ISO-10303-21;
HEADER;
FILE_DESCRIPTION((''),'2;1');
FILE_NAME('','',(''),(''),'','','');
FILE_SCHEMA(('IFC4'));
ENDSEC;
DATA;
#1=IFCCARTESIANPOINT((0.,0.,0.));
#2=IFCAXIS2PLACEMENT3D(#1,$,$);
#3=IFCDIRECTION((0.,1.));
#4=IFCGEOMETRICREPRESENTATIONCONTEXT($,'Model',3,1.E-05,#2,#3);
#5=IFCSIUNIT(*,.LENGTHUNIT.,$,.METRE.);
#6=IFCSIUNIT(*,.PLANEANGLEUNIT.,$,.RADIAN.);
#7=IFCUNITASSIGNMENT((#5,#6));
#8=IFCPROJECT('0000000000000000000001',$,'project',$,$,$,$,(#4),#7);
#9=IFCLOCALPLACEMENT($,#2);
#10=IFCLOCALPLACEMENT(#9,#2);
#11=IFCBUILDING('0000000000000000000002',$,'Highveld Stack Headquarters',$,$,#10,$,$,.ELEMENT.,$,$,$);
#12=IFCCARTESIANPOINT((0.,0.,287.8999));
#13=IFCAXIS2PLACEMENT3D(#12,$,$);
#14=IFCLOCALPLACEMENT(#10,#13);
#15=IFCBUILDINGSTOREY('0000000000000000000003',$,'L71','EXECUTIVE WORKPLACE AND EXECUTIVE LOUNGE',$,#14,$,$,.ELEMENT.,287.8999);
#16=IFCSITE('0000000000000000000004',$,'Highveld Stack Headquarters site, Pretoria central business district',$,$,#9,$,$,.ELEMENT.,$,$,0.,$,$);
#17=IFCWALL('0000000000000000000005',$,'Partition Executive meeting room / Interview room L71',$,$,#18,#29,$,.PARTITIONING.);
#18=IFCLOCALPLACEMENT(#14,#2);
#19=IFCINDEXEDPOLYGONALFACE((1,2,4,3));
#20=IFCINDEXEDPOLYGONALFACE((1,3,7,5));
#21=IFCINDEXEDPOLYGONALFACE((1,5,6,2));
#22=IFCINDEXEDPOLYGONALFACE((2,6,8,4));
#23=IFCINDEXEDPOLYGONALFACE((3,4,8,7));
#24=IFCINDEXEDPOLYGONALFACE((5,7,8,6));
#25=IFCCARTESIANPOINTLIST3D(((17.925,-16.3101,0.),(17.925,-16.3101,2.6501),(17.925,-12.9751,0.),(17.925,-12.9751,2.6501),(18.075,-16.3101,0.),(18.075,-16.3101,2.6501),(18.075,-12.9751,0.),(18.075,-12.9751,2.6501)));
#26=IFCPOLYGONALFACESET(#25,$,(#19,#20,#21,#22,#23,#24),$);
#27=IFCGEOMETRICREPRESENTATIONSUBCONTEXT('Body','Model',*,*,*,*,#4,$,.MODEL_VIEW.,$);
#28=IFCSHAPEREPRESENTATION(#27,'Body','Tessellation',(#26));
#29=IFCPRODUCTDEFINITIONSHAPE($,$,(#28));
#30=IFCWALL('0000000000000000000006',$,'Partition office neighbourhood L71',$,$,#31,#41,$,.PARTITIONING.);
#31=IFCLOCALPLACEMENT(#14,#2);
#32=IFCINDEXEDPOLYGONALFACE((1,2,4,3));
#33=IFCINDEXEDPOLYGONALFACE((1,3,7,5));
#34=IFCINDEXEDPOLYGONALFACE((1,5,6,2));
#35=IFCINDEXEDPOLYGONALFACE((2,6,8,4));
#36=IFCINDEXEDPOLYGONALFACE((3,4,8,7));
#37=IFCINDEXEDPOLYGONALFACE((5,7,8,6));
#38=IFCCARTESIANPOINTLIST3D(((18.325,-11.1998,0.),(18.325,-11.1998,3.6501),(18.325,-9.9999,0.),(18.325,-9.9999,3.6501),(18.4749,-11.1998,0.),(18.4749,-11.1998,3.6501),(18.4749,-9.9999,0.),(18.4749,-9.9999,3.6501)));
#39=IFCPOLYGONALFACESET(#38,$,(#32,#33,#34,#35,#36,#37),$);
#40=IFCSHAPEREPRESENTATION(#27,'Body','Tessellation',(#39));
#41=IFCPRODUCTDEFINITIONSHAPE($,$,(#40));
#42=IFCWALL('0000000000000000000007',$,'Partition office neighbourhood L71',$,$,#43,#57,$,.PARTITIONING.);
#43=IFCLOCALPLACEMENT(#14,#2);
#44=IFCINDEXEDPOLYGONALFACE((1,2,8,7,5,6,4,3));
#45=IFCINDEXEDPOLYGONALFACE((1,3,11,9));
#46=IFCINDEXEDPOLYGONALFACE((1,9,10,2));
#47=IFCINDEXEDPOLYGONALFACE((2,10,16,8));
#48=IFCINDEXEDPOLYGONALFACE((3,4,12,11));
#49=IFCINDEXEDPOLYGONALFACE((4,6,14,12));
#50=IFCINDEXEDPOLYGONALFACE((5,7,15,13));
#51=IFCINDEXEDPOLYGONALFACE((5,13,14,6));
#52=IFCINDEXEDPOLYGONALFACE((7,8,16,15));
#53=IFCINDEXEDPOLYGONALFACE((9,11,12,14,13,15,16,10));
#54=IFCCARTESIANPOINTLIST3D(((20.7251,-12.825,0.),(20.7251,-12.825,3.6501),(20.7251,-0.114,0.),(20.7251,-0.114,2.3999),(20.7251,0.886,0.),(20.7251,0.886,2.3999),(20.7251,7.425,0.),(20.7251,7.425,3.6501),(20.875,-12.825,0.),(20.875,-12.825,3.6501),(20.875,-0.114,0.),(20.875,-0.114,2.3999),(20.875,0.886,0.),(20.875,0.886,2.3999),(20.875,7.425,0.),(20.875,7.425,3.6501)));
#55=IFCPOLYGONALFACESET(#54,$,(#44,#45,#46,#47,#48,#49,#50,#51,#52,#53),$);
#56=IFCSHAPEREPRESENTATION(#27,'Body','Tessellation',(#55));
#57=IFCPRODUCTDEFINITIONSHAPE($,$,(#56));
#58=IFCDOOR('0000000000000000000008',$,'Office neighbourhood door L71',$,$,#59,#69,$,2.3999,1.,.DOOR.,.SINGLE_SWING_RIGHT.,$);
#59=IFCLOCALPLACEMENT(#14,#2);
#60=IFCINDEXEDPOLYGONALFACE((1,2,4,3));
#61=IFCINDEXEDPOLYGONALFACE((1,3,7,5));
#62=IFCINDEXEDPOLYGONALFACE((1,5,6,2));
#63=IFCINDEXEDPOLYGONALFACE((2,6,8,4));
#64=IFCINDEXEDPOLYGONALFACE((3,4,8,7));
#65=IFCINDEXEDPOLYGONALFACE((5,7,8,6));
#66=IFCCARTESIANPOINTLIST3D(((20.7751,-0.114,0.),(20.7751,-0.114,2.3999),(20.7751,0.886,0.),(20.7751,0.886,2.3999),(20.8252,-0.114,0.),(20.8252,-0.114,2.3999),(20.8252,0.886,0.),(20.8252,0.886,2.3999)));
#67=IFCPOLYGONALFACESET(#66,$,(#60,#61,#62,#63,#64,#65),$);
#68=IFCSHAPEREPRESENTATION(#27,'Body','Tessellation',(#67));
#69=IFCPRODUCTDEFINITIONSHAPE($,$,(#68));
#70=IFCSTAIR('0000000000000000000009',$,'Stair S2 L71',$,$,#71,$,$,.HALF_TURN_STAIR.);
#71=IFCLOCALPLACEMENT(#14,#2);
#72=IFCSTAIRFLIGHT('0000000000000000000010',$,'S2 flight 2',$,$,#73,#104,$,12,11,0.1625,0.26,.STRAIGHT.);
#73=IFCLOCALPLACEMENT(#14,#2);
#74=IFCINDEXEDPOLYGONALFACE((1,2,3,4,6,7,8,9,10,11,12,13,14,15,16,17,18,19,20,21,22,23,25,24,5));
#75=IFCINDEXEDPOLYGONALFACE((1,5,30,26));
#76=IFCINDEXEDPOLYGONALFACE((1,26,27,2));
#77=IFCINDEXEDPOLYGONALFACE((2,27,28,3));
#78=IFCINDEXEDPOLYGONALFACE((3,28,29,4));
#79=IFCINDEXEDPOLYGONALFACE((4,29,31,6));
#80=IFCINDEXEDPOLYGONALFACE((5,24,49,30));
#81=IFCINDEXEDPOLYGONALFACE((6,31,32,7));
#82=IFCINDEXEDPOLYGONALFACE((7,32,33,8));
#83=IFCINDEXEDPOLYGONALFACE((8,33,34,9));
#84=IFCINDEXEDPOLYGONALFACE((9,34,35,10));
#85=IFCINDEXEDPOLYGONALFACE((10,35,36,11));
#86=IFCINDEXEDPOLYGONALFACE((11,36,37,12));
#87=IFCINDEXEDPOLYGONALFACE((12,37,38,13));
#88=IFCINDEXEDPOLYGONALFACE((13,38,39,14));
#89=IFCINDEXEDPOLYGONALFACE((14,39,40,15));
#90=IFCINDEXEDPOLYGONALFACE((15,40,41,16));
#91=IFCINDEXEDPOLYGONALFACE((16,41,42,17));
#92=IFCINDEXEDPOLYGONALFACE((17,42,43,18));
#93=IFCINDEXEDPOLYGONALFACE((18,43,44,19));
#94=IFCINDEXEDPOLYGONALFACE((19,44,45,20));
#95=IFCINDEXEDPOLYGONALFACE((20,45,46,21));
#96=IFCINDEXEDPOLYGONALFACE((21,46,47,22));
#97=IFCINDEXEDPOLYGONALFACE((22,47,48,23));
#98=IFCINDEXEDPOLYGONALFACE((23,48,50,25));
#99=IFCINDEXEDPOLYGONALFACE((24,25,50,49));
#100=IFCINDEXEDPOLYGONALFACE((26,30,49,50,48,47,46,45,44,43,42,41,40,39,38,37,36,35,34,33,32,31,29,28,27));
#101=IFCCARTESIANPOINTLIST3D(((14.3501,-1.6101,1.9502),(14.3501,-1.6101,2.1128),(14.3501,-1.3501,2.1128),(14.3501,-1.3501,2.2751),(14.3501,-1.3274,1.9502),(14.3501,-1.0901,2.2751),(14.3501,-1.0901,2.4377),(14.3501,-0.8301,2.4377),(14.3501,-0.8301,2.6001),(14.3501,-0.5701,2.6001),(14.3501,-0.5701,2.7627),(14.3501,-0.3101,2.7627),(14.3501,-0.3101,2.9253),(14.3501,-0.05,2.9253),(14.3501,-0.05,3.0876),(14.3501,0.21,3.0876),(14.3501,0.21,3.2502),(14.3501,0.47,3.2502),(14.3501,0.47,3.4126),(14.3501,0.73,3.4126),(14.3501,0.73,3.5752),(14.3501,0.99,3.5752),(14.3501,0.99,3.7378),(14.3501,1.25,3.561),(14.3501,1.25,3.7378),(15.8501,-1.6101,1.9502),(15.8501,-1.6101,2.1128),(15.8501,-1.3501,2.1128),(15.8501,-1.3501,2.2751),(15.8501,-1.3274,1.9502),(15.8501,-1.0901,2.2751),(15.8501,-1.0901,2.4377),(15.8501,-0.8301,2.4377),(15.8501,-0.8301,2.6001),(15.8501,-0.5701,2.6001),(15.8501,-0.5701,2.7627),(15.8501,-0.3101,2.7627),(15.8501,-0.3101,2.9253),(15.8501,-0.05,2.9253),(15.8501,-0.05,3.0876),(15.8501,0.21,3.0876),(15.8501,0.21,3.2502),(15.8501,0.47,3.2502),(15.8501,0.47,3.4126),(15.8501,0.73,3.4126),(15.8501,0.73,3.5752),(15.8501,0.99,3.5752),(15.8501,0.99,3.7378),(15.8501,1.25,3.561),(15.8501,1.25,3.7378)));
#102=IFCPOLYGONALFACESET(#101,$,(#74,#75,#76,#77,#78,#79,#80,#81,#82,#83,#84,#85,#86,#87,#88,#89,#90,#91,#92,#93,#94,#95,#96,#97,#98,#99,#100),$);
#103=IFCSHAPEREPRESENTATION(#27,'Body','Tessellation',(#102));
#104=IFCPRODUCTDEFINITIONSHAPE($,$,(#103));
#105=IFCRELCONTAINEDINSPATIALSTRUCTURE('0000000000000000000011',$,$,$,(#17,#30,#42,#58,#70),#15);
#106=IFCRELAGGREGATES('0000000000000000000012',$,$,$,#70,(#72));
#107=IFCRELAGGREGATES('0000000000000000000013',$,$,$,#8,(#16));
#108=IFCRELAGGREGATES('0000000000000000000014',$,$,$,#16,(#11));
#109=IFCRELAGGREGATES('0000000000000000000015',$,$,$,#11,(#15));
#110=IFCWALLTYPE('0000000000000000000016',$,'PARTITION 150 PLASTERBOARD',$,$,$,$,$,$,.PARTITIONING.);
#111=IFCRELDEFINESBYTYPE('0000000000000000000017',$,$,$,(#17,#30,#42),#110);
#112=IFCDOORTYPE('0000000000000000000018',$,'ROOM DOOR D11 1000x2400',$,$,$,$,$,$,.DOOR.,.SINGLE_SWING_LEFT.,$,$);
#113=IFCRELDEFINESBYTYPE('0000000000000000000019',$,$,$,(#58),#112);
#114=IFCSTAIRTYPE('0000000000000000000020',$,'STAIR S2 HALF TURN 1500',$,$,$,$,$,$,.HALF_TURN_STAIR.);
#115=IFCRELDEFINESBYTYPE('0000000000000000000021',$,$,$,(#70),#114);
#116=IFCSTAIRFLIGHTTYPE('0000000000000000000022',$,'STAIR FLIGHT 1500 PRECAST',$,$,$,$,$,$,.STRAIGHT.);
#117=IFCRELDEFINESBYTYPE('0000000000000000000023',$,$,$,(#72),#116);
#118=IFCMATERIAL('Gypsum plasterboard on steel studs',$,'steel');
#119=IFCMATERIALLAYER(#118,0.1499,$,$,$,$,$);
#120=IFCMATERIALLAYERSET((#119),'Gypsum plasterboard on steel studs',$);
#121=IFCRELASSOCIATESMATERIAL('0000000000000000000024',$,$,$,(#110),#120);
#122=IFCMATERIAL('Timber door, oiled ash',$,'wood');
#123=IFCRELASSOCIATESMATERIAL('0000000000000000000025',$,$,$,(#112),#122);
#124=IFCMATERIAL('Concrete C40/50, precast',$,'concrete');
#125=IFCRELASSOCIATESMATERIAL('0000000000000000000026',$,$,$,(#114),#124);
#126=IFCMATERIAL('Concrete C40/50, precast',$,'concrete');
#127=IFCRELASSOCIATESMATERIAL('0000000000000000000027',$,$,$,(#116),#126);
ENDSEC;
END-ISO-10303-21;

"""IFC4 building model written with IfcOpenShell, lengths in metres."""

from ifc_helpers import new_model, si_unit, direction, frame, frame_2d, origin, place, context, subcontext, project, spatial, polyline, rectangle, outline, extrude, material, layer, layer_set, type_object, element, fill, aggregate, save


model = new_model("IFC4")

# Units and contexts
model_context = context("Model", 3, precision=1e-05, world=origin(), true_north=direction((0.0, 1.0)))
body_context = subcontext(model_context, "Body", "Model", "MODEL_VIEW")
ifc_project = project(units=[si_unit("LENGTHUNIT", "METRE"), si_unit("PLANEANGLEUNIT", "RADIAN")], contexts=[model_context])

# Site, building, storey
site_placement = place(None, origin())
site = spatial("IfcSite", under=ifc_project, at=site_placement, Name="Highveld Stack Headquarters site, Pretoria central business district", CompositionType="ELEMENT", RefElevation=0.0)
building_placement = place(site_placement, origin())
building = spatial("IfcBuilding", under=site, at=building_placement, Name="Highveld Stack Headquarters", CompositionType="ELEMENT")
storey_placement = place(building_placement, frame((0.0, 0.0, 287.8999)))
storey = spatial("IfcBuildingStorey", under=building, at=storey_placement, Name="L71", Description="EXECUTIVE WORKPLACE AND EXECUTIVE LOUNGE", CompositionType="ELEMENT", Elevation=287.8999)

# Shared definitions
ifc_material_1 = material(Name="Gypsum plasterboard on steel studs", Category="steel")
ifc_layer_1 = layer(ifc_material_1, 0.1499)
ifc_layer_set_1 = layer_set([ifc_layer_1], Name="Gypsum plasterboard on steel studs")
wall_type_1 = type_object("IfcWallType", Name="PARTITION 150 PLASTERBOARD", PredefinedType="PARTITIONING", material=ifc_layer_set_1)

# Shared definitions
ifc_material_2 = material(Name="Timber door, oiled ash", Category="wood")
door_type_1 = type_object("IfcDoorType", Name="ROOM DOOR D11 1000x2400", OperationType="SINGLE_SWING_LEFT", PredefinedType="DOOR", material=ifc_material_2)

# Walls
wall_1_placement = place(storey_placement, frame((18.0, -16.3101, 0.0), z_axis=(0.0, 0.0, 1.0), x_axis=(0.0, 1.0, 0.0)))
element("IfcWall", 1, at=wall_1_placement, inside=storey, type_object=wall_type_1, Name="Partition Executive meeting room / Interview room L71", PredefinedType="PARTITIONING", context=body_context, shape_type="SweptSolid", body=[
    extrude(rectangle(XDim=3.335, YDim=0.1499, at=frame_2d((1.6675, 0.0))), origin(), (0.0, 0.0, 1.0), 2.6501),
])
wall_2_placement = place(storey_placement, frame((18.3999, -11.2, 0.0), z_axis=(0.0, 0.0, 1.0), x_axis=(0.0, 1.0, 0.0)))
element("IfcWall", 2, at=wall_2_placement, inside=storey, type_object=wall_type_1, Name="Partition office neighbourhood L71", PredefinedType="PARTITIONING", context=body_context, shape_type="SweptSolid", body=[
    extrude(rectangle(XDim=1.2, YDim=0.1499, at=frame_2d((0.6001, 0.0))), origin(), (0.0, 0.0, 1.0), 3.6501),
])

# Wall, opening, door
wall_3_placement = place(storey_placement, frame((20.8, -12.825, 0.0), z_axis=(0.0, 0.0, 1.0), x_axis=(0.0, 1.0, 0.0)))
wall_3 = element("IfcWall", 3, at=wall_3_placement, inside=storey, type_object=wall_type_1, Name="Partition office neighbourhood L71", PredefinedType="PARTITIONING", context=body_context, shape_type="SweptSolid", body=[
    extrude(rectangle(XDim=20.25, YDim=0.1499, at=frame_2d((10.125, 0.0))), origin(), (0.0, 0.0, 1.0), 3.6501),
])
opening_1_placement = place(wall_3_placement, frame((12.7109, 0.0, 0.0)))
opening_1 = element("IfcOpeningElement", 4, at=opening_1_placement, cuts=wall_3, PredefinedType="OPENING", context=body_context, shape_type="SweptSolid", body=[
    extrude(rectangle(XDim=1.0, YDim=2.3999, at=frame_2d((0.5, 1.2))), frame((0.0, 0.085, 0.0), z_axis=(0.0, -1.0, 0.0), x_axis=(1.0, 0.0, 0.0)), (0.0, 0.0, 1.0), 0.1699),
])
door_1_placement = place(opening_1_placement, origin())
door_1 = element("IfcDoor", 5, at=door_1_placement, inside=storey, type_object=door_type_1, Name="Office neighbourhood door L71", OperationType="SINGLE_SWING_RIGHT", OverallHeight=2.3999, OverallWidth=1.0, PredefinedType="DOOR", context=body_context, shape_type="SweptSolid", body=[
    extrude(rectangle(XDim=1.0, YDim=2.3999, at=frame_2d((0.5, 1.2))), frame((0.0, 0.0249, 0.0), z_axis=(0.0, -1.0, 0.0), x_axis=(1.0, 0.0, 0.0)), (0.0, 0.0, 1.0), 0.05),
])
fill(opening_1, door_1)

# Stair, stair flight
ifc_material_3 = material(Name="Concrete C40/50, precast", Category="concrete")
stair_type = type_object("IfcStairType", Name="STAIR S2 HALF TURN 1500", PredefinedType="HALF_TURN_STAIR", material=ifc_material_3)
stair_placement = place(storey_placement, origin())
stair = element("IfcStair", 6, at=stair_placement, inside=storey, type_object=stair_type, Name="Stair S2 L71", PredefinedType="HALF_TURN_STAIR")
ifc_material_4 = material(Name="Concrete C40/50, precast", Category="concrete")
stair_flight_type = type_object("IfcStairFlightType", Name="STAIR FLIGHT 1500 PRECAST", PredefinedType="STRAIGHT", material=ifc_material_4)
stair_flight_placement = place(storey_placement, frame((15.1001, -1.6101, 1.9502), z_axis=(0.0, 0.0, 1.0), x_axis=(0.0, 1.0, 0.0)))
stair_flight = element("IfcStairFlight", 7, at=stair_flight_placement, type_object=stair_flight_type, Name="S2 flight 2", NumberOfRisers=12, NumberOfTreads=11, PredefinedType="STRAIGHT", RiserHeight=0.1625, TreadLength=0.26, context=body_context, shape_type="SweptSolid", body=[
    extrude(outline(polyline([(0.0, 0.0), (0.0, 0.1626), (0.26, 0.1626), (0.26, 0.325), (0.52, 0.325), (0.52, 0.4875), (0.78, 0.4875), (0.78, 0.6499), (1.04, 0.6499), (1.04, 0.8125), (1.3, 0.8125), (1.3, 0.9751), (1.5601, 0.9751), (1.5601, 1.1375), (1.8201, 1.1375), (1.8201, 1.3), (2.0801, 1.3), (2.0801, 1.4624), (2.3401, 1.4624), (2.3401, 1.625), (2.6001, 1.625), (2.6001, 1.7876), (2.8601, 1.7876), (2.8601, 1.95), (2.8601, 1.6108), (0.2827, 0.0), (0.0, 0.0)])), frame((0.0, 0.75, 0.0), z_axis=(0.0, -1.0, 0.0), x_axis=(1.0, 0.0, 0.0)), (0.0, 0.0, 1.0), 1.5),
])
aggregate(stair, [stair_flight])

save(model, "model.ifc")
